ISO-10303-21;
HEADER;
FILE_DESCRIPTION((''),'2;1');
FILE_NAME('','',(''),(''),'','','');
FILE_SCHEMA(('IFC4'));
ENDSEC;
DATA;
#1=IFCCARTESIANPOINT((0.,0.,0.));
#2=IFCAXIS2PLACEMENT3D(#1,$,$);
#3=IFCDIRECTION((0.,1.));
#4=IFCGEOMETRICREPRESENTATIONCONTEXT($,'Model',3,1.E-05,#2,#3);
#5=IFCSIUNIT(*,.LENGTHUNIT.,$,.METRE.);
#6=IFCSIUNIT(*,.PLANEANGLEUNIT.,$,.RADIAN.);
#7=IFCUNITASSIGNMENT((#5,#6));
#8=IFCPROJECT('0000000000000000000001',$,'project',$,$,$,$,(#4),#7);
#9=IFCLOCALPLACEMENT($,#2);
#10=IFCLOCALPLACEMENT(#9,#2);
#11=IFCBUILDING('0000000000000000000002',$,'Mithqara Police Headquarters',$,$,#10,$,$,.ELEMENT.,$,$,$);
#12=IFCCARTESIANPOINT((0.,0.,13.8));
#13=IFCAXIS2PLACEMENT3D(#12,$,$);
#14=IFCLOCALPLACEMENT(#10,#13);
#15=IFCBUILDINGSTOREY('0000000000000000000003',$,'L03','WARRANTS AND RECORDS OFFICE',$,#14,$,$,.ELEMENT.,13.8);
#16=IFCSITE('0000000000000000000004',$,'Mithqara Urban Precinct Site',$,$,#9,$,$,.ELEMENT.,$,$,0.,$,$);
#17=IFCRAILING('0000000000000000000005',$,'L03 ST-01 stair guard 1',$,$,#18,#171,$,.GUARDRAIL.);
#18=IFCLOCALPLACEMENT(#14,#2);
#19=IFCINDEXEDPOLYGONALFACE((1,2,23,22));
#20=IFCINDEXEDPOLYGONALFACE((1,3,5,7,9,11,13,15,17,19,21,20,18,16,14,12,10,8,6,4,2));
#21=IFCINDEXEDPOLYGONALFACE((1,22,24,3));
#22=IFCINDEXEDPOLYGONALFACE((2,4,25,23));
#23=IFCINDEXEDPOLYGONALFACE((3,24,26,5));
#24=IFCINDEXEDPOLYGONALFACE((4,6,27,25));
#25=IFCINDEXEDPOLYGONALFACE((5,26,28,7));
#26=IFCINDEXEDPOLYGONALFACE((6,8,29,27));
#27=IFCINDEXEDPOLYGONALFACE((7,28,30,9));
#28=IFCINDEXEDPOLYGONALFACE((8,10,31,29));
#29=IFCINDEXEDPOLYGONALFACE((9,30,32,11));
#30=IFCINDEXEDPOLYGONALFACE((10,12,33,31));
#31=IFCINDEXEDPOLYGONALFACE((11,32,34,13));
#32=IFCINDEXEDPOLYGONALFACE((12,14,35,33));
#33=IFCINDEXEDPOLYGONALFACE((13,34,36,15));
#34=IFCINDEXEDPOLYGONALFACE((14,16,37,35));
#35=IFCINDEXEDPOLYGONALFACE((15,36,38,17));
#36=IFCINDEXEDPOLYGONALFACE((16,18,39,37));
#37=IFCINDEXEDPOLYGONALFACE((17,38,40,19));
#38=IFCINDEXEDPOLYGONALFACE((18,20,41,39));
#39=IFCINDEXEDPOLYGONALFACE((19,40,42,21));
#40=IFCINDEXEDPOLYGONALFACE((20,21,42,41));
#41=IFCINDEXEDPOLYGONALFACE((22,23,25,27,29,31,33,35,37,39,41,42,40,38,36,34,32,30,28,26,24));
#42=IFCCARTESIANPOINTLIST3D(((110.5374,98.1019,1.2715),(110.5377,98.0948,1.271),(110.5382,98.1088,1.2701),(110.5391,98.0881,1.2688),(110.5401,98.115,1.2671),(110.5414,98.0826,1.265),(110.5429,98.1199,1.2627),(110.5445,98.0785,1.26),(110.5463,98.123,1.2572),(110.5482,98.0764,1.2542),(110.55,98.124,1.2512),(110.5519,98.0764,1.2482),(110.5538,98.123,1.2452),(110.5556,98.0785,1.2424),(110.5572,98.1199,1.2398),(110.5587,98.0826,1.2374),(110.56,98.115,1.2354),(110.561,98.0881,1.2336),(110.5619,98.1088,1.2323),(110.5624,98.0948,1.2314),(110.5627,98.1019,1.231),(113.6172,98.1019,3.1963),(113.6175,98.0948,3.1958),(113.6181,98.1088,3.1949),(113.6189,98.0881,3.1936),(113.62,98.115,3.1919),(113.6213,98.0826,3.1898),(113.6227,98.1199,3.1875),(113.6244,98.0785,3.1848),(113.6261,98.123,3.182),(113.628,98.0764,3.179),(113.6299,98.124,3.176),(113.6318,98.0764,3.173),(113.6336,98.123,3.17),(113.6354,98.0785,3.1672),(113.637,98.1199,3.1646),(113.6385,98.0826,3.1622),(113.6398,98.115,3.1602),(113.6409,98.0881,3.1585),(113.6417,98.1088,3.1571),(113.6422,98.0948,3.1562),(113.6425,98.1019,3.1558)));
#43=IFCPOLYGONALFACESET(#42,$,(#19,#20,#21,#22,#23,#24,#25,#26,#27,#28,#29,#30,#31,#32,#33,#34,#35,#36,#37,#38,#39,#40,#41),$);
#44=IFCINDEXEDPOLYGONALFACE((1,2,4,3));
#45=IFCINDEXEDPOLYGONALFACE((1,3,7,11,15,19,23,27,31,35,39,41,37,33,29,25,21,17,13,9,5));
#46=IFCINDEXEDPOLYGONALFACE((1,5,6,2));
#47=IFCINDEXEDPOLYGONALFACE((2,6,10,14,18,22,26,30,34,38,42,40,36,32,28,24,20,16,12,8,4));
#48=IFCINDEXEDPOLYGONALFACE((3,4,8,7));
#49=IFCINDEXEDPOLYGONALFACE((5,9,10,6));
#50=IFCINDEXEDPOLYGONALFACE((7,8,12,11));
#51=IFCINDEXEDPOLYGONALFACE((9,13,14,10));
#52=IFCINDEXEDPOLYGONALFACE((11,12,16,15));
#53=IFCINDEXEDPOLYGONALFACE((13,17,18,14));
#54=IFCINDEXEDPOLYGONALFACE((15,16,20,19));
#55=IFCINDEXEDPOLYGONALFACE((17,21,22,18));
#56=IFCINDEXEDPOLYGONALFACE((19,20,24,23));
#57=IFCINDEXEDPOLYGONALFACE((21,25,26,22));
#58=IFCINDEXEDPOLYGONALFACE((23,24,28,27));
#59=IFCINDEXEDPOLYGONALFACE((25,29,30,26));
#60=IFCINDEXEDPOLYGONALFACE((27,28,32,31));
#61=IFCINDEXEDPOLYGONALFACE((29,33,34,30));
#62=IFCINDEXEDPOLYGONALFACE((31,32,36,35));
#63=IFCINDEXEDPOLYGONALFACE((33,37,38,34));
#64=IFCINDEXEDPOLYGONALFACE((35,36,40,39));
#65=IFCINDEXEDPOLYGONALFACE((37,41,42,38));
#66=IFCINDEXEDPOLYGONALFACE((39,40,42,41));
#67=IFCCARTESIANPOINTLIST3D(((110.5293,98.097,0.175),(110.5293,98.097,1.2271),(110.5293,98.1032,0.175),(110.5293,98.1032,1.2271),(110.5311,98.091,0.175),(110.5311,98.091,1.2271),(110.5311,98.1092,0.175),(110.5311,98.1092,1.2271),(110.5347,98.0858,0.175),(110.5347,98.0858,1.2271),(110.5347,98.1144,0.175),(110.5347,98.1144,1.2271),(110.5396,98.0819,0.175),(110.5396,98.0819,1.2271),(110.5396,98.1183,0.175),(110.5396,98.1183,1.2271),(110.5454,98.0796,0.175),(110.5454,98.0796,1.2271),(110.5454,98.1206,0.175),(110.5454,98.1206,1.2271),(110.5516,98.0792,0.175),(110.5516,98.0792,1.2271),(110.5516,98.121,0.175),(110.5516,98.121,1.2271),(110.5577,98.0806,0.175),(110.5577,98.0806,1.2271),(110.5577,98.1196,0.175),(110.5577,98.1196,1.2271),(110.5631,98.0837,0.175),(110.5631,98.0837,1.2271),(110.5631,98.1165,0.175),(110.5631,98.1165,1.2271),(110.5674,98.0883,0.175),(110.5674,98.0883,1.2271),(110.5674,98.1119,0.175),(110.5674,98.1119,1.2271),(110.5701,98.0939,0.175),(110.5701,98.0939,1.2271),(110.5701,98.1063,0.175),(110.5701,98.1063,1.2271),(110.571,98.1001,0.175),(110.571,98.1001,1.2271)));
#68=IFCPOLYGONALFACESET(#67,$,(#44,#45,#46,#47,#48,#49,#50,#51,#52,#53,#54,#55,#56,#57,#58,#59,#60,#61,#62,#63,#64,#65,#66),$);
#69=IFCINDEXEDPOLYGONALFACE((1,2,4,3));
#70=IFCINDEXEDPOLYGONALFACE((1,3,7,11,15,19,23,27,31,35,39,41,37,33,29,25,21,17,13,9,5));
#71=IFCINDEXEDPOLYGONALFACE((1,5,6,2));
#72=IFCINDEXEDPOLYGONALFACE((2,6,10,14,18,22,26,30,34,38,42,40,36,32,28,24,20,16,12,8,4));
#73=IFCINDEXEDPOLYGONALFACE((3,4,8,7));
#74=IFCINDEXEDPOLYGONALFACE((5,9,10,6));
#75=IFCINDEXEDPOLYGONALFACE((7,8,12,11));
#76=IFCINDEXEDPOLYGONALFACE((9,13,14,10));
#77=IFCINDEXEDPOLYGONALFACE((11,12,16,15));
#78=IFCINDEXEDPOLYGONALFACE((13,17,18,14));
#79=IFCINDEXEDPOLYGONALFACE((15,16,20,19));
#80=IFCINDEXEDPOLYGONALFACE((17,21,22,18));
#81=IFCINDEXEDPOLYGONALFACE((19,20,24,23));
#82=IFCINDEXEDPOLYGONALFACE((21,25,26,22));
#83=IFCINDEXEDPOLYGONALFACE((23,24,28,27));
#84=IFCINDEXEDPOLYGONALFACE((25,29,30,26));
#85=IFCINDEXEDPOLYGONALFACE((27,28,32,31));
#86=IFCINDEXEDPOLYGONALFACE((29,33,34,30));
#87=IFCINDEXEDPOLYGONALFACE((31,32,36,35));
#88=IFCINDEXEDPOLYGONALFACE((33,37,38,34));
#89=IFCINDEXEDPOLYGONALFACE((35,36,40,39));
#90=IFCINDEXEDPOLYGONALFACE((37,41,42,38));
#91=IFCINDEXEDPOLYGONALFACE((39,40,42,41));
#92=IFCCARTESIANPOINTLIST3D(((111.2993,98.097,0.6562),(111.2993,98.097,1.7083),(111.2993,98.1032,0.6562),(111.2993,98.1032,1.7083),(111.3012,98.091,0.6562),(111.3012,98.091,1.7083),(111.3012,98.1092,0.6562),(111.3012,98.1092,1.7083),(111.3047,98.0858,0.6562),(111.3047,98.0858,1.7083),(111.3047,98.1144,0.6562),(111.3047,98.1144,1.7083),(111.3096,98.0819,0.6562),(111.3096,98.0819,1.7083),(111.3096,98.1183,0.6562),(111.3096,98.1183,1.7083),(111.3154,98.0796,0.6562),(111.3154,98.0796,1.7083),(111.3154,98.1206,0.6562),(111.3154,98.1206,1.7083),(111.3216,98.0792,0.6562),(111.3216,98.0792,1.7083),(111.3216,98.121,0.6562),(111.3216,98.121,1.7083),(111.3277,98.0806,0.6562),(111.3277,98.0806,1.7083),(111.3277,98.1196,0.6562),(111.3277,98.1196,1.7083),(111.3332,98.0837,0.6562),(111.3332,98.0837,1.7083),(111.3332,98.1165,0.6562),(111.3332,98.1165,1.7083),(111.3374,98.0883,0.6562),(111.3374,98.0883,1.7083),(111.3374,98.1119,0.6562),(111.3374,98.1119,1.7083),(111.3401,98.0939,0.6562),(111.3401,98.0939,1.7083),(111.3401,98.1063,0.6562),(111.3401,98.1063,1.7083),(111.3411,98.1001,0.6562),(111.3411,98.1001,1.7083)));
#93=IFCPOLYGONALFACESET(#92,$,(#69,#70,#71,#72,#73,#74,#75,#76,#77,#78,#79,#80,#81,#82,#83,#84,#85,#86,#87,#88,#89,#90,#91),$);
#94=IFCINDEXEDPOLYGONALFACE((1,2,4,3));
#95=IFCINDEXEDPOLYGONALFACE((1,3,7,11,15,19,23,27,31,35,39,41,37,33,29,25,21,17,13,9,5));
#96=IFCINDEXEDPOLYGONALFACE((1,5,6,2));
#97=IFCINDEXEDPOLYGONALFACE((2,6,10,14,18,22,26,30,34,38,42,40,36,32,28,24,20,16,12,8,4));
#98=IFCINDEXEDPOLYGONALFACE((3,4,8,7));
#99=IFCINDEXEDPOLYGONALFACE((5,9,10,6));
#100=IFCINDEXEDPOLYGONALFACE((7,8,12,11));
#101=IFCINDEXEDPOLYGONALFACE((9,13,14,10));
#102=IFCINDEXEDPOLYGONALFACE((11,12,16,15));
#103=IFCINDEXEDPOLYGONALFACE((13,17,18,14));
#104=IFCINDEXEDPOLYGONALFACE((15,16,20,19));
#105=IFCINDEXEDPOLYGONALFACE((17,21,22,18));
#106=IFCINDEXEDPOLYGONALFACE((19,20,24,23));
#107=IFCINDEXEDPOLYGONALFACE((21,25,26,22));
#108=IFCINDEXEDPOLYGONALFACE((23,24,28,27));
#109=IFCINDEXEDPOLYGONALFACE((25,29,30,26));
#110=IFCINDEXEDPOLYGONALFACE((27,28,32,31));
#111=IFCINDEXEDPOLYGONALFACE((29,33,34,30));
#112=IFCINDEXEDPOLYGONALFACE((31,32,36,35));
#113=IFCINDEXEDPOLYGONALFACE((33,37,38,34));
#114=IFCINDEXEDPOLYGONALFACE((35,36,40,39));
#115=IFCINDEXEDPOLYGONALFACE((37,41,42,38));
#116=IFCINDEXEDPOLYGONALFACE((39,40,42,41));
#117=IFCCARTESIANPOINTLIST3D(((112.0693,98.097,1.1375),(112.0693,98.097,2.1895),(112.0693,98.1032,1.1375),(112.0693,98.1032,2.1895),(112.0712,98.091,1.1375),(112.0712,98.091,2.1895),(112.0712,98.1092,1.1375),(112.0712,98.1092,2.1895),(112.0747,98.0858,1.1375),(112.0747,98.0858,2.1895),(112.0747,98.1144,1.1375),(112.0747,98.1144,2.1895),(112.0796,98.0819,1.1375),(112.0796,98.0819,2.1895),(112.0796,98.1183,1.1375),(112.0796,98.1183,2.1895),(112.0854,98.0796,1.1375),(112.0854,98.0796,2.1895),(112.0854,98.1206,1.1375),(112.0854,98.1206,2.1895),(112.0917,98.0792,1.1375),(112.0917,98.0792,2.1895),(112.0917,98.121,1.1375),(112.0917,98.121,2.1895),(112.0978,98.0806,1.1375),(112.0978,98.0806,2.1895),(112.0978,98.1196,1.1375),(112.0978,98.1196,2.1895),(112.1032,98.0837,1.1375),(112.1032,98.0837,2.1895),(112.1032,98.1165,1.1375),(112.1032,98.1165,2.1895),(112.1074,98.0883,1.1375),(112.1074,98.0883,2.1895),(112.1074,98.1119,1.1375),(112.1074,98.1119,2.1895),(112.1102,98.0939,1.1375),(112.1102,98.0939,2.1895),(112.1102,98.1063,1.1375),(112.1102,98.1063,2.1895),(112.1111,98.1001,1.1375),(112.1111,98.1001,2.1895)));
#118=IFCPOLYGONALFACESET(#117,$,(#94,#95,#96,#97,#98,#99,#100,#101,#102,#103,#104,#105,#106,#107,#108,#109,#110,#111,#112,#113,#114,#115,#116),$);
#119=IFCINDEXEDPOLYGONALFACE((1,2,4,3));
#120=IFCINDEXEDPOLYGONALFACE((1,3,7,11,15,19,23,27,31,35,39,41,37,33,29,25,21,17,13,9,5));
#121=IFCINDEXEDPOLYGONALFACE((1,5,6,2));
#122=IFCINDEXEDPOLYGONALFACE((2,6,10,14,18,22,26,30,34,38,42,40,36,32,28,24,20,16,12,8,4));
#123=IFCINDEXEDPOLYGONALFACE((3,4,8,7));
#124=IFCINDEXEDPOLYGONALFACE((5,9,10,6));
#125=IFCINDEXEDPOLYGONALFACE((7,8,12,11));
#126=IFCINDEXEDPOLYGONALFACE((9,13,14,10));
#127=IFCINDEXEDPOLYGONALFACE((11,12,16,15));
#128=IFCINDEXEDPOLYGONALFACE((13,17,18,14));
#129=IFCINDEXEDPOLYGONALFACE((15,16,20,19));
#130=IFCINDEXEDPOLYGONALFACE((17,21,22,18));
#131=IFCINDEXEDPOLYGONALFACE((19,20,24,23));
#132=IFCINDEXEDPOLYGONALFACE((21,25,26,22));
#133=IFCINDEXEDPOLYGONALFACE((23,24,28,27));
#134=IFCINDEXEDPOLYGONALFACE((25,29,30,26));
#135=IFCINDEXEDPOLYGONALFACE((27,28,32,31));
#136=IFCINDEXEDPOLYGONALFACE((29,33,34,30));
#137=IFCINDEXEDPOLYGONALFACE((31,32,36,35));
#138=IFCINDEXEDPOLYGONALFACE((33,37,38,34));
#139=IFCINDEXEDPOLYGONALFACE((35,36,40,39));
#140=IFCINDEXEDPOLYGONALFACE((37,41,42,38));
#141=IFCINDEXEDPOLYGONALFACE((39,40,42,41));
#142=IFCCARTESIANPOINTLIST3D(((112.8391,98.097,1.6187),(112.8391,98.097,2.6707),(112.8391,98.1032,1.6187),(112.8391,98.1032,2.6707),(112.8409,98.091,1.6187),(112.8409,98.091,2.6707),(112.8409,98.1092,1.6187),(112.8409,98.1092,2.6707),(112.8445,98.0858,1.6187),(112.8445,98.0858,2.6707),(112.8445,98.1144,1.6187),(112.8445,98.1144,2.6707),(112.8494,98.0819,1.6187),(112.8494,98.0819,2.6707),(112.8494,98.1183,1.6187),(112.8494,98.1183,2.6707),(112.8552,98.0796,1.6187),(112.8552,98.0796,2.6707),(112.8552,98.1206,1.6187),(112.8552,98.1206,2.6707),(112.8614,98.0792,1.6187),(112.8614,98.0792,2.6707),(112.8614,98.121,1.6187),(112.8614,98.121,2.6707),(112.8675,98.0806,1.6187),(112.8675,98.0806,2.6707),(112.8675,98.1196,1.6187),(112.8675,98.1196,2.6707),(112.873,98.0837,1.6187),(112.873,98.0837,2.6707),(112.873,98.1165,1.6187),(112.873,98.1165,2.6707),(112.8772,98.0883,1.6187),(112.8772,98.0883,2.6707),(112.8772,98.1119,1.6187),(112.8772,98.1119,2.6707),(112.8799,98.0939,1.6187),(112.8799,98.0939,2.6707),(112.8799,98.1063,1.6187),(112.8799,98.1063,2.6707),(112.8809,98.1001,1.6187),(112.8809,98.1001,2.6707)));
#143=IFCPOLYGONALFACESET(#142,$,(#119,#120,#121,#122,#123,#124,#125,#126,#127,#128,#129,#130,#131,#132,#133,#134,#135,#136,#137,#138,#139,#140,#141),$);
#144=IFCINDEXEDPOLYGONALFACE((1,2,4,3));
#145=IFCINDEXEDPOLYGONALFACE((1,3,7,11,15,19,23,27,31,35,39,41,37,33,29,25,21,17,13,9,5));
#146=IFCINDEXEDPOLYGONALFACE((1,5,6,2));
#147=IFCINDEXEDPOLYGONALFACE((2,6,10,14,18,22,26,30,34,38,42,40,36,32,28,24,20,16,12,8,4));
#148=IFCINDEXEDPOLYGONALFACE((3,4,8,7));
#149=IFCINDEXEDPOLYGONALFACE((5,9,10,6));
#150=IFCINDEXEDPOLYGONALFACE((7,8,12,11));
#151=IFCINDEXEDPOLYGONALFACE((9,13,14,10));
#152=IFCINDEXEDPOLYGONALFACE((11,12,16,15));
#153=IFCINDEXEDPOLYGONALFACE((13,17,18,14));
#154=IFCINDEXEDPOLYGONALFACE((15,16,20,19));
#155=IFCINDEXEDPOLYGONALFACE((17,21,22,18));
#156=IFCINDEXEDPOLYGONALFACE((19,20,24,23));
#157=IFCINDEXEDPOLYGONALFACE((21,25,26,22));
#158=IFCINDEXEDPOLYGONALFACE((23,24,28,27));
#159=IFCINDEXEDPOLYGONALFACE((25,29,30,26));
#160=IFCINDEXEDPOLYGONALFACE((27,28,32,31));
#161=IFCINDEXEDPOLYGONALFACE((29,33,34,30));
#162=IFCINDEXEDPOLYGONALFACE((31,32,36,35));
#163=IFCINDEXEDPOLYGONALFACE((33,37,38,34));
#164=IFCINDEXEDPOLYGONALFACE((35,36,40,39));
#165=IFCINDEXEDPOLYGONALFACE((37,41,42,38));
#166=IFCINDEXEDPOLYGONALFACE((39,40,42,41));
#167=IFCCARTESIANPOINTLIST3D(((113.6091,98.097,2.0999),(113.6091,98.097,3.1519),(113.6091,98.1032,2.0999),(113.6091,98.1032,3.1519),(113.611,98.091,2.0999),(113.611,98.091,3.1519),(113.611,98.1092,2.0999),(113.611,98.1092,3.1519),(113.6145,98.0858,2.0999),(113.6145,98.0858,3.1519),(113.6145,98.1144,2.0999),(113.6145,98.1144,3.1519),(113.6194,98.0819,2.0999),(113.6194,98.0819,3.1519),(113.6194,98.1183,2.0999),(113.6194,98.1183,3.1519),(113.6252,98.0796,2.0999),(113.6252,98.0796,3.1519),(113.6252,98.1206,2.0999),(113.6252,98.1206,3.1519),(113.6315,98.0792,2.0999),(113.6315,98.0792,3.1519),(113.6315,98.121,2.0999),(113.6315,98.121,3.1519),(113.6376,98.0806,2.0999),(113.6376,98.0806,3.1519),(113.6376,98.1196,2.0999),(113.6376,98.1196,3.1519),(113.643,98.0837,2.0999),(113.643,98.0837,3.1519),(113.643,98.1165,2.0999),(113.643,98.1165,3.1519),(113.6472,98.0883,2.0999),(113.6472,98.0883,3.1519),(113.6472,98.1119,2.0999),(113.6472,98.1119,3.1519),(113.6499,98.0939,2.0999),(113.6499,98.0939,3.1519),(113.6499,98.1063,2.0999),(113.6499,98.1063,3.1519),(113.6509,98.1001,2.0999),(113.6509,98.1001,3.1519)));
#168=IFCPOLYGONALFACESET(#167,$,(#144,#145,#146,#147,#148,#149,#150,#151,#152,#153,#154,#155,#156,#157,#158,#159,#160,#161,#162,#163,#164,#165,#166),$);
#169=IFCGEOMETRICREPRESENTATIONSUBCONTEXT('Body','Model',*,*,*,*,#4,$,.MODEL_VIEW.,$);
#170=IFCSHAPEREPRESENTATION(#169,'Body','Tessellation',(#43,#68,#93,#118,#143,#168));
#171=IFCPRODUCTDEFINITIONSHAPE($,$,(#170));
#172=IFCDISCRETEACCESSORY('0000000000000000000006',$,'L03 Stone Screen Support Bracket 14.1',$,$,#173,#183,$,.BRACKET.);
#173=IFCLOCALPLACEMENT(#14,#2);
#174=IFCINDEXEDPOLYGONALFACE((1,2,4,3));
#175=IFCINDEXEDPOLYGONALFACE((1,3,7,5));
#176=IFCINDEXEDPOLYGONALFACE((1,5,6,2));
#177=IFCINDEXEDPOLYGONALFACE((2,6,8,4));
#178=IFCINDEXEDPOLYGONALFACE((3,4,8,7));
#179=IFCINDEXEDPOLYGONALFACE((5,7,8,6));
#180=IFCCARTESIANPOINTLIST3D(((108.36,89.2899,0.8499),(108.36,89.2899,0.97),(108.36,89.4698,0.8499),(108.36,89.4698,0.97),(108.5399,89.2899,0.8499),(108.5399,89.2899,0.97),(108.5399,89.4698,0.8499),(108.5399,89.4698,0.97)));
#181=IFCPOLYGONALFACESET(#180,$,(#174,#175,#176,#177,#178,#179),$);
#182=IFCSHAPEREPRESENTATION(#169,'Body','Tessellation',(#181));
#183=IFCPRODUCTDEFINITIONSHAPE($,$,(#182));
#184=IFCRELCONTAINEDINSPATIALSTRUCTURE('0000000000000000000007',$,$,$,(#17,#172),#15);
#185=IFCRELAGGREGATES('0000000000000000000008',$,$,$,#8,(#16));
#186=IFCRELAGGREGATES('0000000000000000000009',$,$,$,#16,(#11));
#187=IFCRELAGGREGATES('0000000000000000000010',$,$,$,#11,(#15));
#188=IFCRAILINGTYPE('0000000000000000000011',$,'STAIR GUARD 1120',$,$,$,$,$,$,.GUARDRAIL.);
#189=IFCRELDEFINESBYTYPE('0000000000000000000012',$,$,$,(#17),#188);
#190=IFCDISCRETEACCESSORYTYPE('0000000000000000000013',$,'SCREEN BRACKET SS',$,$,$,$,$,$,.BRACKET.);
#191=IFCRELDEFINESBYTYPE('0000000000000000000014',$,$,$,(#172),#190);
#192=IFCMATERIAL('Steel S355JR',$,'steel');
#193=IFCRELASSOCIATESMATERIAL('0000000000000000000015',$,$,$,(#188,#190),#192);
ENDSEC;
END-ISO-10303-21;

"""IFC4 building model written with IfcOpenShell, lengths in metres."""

from ifc_helpers import new_model, si_unit, direction, frame, origin, origin_2d, place, context, subcontext, project, spatial, rectangle, circle, extrude, material, type_object, element, save


model = new_model("IFC4")

# Units and contexts
model_context = context("Model", 3, precision=1e-05, world=origin(), true_north=direction((0.0, 1.0)))
body_context = subcontext(model_context, "Body", "Model", "MODEL_VIEW")
ifc_project = project(units=[si_unit("LENGTHUNIT", "METRE"), si_unit("PLANEANGLEUNIT", "RADIAN")], contexts=[model_context])

# Site, building, storey
site_placement = place(None, origin())
site = spatial("IfcSite", under=ifc_project, at=site_placement, Name="Mithqara Urban Precinct Site", CompositionType="ELEMENT", RefElevation=0.0)
building_placement = place(site_placement, origin())
building = spatial("IfcBuilding", under=site, at=building_placement, Name="Mithqara Police Headquarters", CompositionType="ELEMENT")
storey_placement = place(building_placement, frame((0.0, 0.0, 13.8)))
storey = spatial("IfcBuildingStorey", under=building, at=storey_placement, Name="L03", Description="WARRANTS AND RECORDS OFFICE", CompositionType="ELEMENT", Elevation=13.8)

# Shared definitions
ifc_material_1 = material(Name="Steel S355JR", Category="steel")

# Railing
railing_type_1 = type_object("IfcRailingType", Name="STAIR GUARD 1120", PredefinedType="GUARDRAIL", material=ifc_material_1)
railing_1_placement = place(storey_placement, frame((110.55, 98.1001, 0.175)))
element("IfcRailing", 1, at=railing_1_placement, inside=storey, type_object=railing_type_1, Name="L03 ST-01 stair guard 1", PredefinedType="GUARDRAIL", context=body_context, shape_type="SweptSolid", body=[
    extrude(circle(Radius=0.0239, at=origin_2d()), frame((0.0, 0.0, 1.0762), z_axis=(0.84801, 0.0, 0.529981), x_axis=(0.0, 1.0, 0.0)), (0.0, 0.0, 1.0), 3.6318),
    extrude(circle(Radius=0.021, at=origin_2d()), origin(), (0.0, 0.0, 1.0), 1.052),
    extrude(circle(Radius=0.021, at=origin_2d()), frame((0.77, 0.0, 0.4812)), (0.0, 0.0, 1.0), 1.052),
    extrude(circle(Radius=0.021, at=origin_2d()), frame((1.54, 0.0, 0.9624)), (0.0, 0.0, 1.0), 1.052),
    extrude(circle(Radius=0.021, at=origin_2d()), frame((2.3098, 0.0, 1.4436)), (0.0, 0.0, 1.0), 1.052),
    extrude(circle(Radius=0.021, at=origin_2d()), frame((3.0798, 0.0, 1.9248)), (0.0, 0.0, 1.0), 1.052),
])

# Discrete accessory
discrete_accessory_type = type_object("IfcDiscreteAccessoryType", Name="SCREEN BRACKET SS", PredefinedType="BRACKET", material=ifc_material_1)
discrete_accessory_placement = place(storey_placement, frame((108.45, 89.3799, 0.8499), z_axis=(0.0, 0.0, 1.0), x_axis=(0.0, 1.0, 0.0)))
element("IfcDiscreteAccessory", 2, at=discrete_accessory_placement, inside=storey, type_object=discrete_accessory_type, Name="L03 Stone Screen Support Bracket 14.1", PredefinedType="BRACKET", context=body_context, shape_type="SweptSolid", body=[
    extrude(rectangle(XDim=0.1799, YDim=0.1799, at=origin_2d()), origin(), (0.0, 0.0, 1.0), 0.1201),
])

save(model, "model.ifc")
